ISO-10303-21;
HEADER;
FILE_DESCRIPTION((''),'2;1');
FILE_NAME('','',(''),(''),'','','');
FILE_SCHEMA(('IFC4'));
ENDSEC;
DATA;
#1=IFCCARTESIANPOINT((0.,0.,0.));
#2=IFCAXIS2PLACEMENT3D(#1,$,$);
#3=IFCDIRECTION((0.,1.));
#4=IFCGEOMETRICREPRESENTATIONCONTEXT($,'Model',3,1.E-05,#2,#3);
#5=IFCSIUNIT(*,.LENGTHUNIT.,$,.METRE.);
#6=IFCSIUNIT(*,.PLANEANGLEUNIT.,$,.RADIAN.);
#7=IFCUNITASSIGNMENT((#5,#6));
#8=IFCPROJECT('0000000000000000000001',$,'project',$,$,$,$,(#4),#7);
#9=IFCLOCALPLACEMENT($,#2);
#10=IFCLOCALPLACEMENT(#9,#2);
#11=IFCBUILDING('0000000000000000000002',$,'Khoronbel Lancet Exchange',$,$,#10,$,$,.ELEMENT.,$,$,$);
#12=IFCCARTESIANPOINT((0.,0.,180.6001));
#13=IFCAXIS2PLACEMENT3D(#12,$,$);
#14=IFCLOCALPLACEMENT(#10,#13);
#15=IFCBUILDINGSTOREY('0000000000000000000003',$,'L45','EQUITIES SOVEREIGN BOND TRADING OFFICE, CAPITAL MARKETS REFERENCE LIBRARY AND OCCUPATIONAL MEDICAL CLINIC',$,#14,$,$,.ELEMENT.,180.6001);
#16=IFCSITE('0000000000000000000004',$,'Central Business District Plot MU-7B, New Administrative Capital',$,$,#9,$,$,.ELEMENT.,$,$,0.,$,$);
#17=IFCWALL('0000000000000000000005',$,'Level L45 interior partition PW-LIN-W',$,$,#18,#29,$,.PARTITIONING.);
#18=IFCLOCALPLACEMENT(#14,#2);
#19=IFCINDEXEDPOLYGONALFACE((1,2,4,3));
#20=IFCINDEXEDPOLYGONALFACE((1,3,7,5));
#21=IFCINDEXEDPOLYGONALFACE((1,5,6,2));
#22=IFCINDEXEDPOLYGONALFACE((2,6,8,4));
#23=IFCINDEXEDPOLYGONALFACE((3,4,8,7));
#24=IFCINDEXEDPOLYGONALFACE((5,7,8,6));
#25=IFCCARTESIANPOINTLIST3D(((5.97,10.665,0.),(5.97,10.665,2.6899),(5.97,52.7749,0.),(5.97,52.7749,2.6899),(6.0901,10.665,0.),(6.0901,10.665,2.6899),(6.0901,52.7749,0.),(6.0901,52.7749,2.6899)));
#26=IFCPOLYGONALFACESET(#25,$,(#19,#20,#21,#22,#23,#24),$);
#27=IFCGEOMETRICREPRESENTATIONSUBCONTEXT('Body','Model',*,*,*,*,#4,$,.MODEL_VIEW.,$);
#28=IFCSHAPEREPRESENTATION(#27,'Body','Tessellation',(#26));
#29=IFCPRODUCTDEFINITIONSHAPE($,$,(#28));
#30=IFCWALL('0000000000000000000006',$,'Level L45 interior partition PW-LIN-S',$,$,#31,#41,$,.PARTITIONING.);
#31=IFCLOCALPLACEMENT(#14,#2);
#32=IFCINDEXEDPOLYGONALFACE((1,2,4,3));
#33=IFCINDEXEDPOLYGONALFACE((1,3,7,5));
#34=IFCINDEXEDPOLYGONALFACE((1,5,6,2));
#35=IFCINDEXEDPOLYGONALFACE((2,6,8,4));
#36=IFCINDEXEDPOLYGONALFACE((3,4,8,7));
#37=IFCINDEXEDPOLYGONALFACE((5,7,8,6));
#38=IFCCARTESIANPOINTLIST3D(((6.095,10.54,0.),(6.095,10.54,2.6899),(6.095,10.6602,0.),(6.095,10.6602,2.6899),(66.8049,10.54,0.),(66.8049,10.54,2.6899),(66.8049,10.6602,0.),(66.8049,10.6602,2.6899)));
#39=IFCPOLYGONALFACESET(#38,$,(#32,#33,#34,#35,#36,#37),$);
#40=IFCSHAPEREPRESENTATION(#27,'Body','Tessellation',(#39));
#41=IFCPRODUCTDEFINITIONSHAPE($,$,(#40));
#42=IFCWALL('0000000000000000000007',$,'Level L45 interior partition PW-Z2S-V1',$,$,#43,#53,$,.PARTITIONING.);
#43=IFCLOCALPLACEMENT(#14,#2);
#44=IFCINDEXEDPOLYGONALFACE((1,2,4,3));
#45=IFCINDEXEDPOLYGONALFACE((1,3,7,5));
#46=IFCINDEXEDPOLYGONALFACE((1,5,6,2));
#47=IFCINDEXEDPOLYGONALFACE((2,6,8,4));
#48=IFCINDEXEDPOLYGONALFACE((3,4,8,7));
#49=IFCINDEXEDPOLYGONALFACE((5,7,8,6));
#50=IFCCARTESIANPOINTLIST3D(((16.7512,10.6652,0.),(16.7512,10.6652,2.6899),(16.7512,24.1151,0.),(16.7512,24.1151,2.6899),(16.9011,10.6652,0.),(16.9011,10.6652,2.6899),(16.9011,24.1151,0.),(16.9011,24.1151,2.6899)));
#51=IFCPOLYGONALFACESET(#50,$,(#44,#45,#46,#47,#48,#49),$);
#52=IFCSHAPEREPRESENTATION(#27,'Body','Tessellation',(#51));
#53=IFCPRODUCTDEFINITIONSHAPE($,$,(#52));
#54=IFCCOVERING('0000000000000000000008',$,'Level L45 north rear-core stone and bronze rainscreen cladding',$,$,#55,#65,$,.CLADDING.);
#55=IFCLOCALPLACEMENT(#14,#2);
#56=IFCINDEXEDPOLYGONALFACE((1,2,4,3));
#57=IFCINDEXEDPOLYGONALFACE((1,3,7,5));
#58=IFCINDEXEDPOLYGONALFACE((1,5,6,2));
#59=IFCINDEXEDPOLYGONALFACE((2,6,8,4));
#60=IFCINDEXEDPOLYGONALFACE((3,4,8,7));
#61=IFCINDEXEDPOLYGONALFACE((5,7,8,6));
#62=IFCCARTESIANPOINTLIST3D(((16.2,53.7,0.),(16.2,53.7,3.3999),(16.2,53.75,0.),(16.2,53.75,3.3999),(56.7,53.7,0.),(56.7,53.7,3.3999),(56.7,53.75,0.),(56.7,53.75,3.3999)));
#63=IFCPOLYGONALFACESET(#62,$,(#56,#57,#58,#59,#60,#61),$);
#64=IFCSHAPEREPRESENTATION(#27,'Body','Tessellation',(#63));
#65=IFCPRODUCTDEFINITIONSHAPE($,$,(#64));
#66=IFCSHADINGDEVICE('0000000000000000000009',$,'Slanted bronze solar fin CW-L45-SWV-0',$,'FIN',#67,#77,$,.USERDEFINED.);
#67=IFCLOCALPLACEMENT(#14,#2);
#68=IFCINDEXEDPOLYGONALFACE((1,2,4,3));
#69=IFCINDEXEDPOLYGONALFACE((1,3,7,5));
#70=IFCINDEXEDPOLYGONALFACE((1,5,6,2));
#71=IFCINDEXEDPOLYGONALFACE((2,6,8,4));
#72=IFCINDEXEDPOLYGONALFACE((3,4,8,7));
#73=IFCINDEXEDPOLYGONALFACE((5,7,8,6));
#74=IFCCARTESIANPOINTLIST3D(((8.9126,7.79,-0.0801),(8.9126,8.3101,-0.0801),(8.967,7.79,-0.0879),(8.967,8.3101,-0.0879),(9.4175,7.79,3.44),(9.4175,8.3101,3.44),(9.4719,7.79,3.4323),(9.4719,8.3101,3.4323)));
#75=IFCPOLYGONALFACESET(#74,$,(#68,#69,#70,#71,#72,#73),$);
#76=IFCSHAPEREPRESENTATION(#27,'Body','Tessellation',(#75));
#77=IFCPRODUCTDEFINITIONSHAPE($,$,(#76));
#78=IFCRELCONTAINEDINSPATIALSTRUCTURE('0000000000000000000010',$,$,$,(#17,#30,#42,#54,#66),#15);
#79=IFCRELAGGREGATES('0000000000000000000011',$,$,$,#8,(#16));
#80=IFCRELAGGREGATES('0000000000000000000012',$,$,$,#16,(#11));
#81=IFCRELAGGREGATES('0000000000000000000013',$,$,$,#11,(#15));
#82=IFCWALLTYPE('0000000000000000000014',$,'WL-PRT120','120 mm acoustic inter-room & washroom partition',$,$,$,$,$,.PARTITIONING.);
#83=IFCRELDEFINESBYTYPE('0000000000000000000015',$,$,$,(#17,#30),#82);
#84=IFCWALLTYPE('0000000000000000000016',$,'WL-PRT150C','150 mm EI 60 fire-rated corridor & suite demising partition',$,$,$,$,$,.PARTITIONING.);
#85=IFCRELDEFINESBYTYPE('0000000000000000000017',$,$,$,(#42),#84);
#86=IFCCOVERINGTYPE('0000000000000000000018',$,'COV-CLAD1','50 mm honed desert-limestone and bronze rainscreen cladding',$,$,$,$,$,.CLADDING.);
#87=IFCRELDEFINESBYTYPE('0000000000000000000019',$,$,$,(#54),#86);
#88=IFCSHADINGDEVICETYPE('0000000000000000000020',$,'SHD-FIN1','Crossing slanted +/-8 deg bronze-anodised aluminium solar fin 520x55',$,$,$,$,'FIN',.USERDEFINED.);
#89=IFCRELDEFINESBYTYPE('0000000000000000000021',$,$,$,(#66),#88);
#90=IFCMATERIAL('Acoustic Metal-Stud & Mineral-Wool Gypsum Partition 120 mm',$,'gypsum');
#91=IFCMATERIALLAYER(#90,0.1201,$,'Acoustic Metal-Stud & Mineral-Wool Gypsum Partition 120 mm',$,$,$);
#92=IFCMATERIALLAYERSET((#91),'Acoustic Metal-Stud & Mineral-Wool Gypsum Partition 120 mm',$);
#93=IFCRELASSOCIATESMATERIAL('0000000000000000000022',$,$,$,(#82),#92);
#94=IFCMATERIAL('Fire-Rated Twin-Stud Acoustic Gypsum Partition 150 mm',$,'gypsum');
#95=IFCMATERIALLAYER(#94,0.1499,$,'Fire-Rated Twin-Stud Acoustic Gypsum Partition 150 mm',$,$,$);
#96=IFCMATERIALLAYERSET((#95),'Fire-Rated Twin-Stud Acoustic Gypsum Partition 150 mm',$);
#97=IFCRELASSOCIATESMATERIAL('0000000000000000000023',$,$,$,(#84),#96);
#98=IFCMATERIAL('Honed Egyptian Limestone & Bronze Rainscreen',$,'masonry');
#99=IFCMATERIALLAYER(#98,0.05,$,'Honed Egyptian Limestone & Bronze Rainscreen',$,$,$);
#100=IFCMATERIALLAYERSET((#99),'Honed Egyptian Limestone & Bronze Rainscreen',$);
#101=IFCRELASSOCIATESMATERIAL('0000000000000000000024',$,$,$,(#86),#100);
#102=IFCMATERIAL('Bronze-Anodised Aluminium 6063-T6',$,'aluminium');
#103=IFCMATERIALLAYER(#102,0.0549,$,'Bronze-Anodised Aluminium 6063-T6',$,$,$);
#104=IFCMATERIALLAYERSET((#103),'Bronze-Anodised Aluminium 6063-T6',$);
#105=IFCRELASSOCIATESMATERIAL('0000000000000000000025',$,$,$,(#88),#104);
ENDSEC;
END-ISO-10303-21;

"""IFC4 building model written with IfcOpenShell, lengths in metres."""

from ifc_helpers import new_model, si_unit, direction, frame, frame_2d, origin, place, context, subcontext, project, spatial, polyline, rectangle, outline, extrude, material, layer, layer_set, type_object, element, save


model = new_model("IFC4")

# Units and contexts
model_context = context("Model", 3, precision=1e-05, world=origin(), true_north=direction((0.0, 1.0)))
body_context = subcontext(model_context, "Body", "Model", "MODEL_VIEW")
ifc_project = project(units=[si_unit("LENGTHUNIT", "METRE"), si_unit("PLANEANGLEUNIT", "RADIAN")], contexts=[model_context])

# Site, building, storey
site_placement = place(None, origin())
site = spatial("IfcSite", under=ifc_project, at=site_placement, Name="Central Business District Plot MU-7B, New Administrative Capital", CompositionType="ELEMENT", RefElevation=0.0)
building_placement = place(site_placement, origin())
building = spatial("IfcBuilding", under=site, at=building_placement, Name="Khoronbel Lancet Exchange", CompositionType="ELEMENT")
storey_placement = place(building_placement, frame((0.0, 0.0, 180.6001)))
storey = spatial("IfcBuildingStorey", under=building, at=storey_placement, Name="L45", Description="EQUITIES SOVEREIGN BOND TRADING OFFICE, CAPITAL MARKETS REFERENCE LIBRARY AND OCCUPATIONAL MEDICAL CLINIC", CompositionType="ELEMENT", Elevation=180.6001)

# Shared definitions
ifc_material_1 = material(Name="Bronze-Anodised Aluminium 6063-T6", Category="aluminium")

# Walls
ifc_material_2 = material(Name="Acoustic Metal-Stud & Mineral-Wool Gypsum Partition 120 mm", Category="gypsum")
ifc_layer_1 = layer(ifc_material_2, 0.1201, Name="Acoustic Metal-Stud & Mineral-Wool Gypsum Partition 120 mm")
ifc_layer_set_1 = layer_set([ifc_layer_1], Name="Acoustic Metal-Stud & Mineral-Wool Gypsum Partition 120 mm")
wall_type_1 = type_object("IfcWallType", Name="WL-PRT120", Description="120 mm acoustic inter-room & washroom partition", PredefinedType="PARTITIONING", material=ifc_layer_set_1)
wall_1_placement = place(storey_placement, frame((6.03, 10.665, 0.0), z_axis=(0.0, 0.0, 1.0), x_axis=(0.0, 1.0, 0.0)))
element("IfcWall", 1, at=wall_1_placement, inside=storey, type_object=wall_type_1, Name="Level L45 interior partition PW-LIN-W", PredefinedType="PARTITIONING", context=body_context, shape_type="SweptSolid", body=[
    extrude(rectangle(XDim=42.1099, YDim=0.1201, at=frame_2d((21.0549, 0.0))), origin(), (0.0, 0.0, 1.0), 2.6899),
])
wall_2_placement = place(storey_placement, frame((6.095, 10.6001, 0.0), z_axis=(0.0, 0.0, 1.0), x_axis=(1.0, 0.0, 0.0)))
element("IfcWall", 2, at=wall_2_placement, inside=storey, type_object=wall_type_1, Name="Level L45 interior partition PW-LIN-S", PredefinedType="PARTITIONING", context=body_context, shape_type="SweptSolid", body=[
    extrude(rectangle(XDim=60.71, YDim=0.1201, at=frame_2d((30.355, 0.0))), origin(), (0.0, 0.0, 1.0), 2.6899),
])
ifc_material_3 = material(Name="Fire-Rated Twin-Stud Acoustic Gypsum Partition 150 mm", Category="gypsum")
ifc_layer_2 = layer(ifc_material_3, 0.1499, Name="Fire-Rated Twin-Stud Acoustic Gypsum Partition 150 mm")
ifc_layer_set_2 = layer_set([ifc_layer_2], Name="Fire-Rated Twin-Stud Acoustic Gypsum Partition 150 mm")
wall_type_2 = type_object("IfcWallType", Name="WL-PRT150C", Description="150 mm EI 60 fire-rated corridor & suite demising partition", PredefinedType="PARTITIONING", material=ifc_layer_set_2)
wall_3_placement = place(storey_placement, frame((16.8262, 10.665, 0.0), z_axis=(0.0, 0.0, 1.0), x_axis=(0.0, 1.0, 0.0)))
element("IfcWall", 3, at=wall_3_placement, inside=storey, type_object=wall_type_2, Name="Level L45 interior partition PW-Z2S-V1", PredefinedType="PARTITIONING", context=body_context, shape_type="SweptSolid", body=[
    extrude(rectangle(XDim=13.45, YDim=0.1499, at=frame_2d((6.7251, 0.0))), origin(), (0.0, 0.0, 1.0), 2.6899),
])

# Covering
ifc_material_4 = material(Name="Honed Egyptian Limestone & Bronze Rainscreen", Category="masonry")
ifc_layer_3 = layer(ifc_material_4, 0.05, Name="Honed Egyptian Limestone & Bronze Rainscreen")
ifc_layer_set_3 = layer_set([ifc_layer_3], Name="Honed Egyptian Limestone & Bronze Rainscreen")
covering_type = type_object("IfcCoveringType", Name="COV-CLAD1", Description="50 mm honed desert-limestone and bronze rainscreen cladding", PredefinedType="CLADDING", material=ifc_layer_set_3)
covering_placement = place(storey_placement, origin())
element("IfcCovering", 4, at=covering_placement, inside=storey, type_object=covering_type, Name="Level L45 north rear-core stone and bronze rainscreen cladding", PredefinedType="CLADDING", context=body_context, shape_type="SweptSolid", body=[
    extrude(outline(polyline([(16.2, 53.7), (56.7, 53.7), (56.7, 53.75), (16.2, 53.75), (16.2, 53.7)])), origin(), (0.0, 0.0, 1.0), 3.3999),
])

# Shading device
ifc_layer_4 = layer(ifc_material_1, 0.0549, Name="Bronze-Anodised Aluminium 6063-T6")
ifc_layer_set_4 = layer_set([ifc_layer_4], Name="Bronze-Anodised Aluminium 6063-T6")
shading_device_type = type_object("IfcShadingDeviceType", Name="SHD-FIN1", Description="Crossing slanted +/-8 deg bronze-anodised aluminium solar fin 520x55", ElementType="FIN", PredefinedType="USERDEFINED", material=ifc_layer_set_4)
shading_device_placement = place(storey_placement, frame((8.9126, 8.3101, -0.0801), z_axis=(-0.98987, 0.0, 0.141979), x_axis=(0.0, -1.0, 0.0)))
element("IfcShadingDevice", 5, at=shading_device_placement, inside=storey, type_object=shading_device_type, Name="Slanted bronze solar fin CW-L45-SWV-0", ObjectType="FIN", PredefinedType="USERDEFINED", context=body_context, shape_type="SweptSolid", body=[
    extrude(outline(polyline([(0.0, 0.0), (0.52, 0.0), (0.52, 3.5562), (0.0, 3.5562), (0.0, 0.0)])), origin(), (0.0, 0.0, -1.0), 0.0549),
])

save(model, "model.ifc")
